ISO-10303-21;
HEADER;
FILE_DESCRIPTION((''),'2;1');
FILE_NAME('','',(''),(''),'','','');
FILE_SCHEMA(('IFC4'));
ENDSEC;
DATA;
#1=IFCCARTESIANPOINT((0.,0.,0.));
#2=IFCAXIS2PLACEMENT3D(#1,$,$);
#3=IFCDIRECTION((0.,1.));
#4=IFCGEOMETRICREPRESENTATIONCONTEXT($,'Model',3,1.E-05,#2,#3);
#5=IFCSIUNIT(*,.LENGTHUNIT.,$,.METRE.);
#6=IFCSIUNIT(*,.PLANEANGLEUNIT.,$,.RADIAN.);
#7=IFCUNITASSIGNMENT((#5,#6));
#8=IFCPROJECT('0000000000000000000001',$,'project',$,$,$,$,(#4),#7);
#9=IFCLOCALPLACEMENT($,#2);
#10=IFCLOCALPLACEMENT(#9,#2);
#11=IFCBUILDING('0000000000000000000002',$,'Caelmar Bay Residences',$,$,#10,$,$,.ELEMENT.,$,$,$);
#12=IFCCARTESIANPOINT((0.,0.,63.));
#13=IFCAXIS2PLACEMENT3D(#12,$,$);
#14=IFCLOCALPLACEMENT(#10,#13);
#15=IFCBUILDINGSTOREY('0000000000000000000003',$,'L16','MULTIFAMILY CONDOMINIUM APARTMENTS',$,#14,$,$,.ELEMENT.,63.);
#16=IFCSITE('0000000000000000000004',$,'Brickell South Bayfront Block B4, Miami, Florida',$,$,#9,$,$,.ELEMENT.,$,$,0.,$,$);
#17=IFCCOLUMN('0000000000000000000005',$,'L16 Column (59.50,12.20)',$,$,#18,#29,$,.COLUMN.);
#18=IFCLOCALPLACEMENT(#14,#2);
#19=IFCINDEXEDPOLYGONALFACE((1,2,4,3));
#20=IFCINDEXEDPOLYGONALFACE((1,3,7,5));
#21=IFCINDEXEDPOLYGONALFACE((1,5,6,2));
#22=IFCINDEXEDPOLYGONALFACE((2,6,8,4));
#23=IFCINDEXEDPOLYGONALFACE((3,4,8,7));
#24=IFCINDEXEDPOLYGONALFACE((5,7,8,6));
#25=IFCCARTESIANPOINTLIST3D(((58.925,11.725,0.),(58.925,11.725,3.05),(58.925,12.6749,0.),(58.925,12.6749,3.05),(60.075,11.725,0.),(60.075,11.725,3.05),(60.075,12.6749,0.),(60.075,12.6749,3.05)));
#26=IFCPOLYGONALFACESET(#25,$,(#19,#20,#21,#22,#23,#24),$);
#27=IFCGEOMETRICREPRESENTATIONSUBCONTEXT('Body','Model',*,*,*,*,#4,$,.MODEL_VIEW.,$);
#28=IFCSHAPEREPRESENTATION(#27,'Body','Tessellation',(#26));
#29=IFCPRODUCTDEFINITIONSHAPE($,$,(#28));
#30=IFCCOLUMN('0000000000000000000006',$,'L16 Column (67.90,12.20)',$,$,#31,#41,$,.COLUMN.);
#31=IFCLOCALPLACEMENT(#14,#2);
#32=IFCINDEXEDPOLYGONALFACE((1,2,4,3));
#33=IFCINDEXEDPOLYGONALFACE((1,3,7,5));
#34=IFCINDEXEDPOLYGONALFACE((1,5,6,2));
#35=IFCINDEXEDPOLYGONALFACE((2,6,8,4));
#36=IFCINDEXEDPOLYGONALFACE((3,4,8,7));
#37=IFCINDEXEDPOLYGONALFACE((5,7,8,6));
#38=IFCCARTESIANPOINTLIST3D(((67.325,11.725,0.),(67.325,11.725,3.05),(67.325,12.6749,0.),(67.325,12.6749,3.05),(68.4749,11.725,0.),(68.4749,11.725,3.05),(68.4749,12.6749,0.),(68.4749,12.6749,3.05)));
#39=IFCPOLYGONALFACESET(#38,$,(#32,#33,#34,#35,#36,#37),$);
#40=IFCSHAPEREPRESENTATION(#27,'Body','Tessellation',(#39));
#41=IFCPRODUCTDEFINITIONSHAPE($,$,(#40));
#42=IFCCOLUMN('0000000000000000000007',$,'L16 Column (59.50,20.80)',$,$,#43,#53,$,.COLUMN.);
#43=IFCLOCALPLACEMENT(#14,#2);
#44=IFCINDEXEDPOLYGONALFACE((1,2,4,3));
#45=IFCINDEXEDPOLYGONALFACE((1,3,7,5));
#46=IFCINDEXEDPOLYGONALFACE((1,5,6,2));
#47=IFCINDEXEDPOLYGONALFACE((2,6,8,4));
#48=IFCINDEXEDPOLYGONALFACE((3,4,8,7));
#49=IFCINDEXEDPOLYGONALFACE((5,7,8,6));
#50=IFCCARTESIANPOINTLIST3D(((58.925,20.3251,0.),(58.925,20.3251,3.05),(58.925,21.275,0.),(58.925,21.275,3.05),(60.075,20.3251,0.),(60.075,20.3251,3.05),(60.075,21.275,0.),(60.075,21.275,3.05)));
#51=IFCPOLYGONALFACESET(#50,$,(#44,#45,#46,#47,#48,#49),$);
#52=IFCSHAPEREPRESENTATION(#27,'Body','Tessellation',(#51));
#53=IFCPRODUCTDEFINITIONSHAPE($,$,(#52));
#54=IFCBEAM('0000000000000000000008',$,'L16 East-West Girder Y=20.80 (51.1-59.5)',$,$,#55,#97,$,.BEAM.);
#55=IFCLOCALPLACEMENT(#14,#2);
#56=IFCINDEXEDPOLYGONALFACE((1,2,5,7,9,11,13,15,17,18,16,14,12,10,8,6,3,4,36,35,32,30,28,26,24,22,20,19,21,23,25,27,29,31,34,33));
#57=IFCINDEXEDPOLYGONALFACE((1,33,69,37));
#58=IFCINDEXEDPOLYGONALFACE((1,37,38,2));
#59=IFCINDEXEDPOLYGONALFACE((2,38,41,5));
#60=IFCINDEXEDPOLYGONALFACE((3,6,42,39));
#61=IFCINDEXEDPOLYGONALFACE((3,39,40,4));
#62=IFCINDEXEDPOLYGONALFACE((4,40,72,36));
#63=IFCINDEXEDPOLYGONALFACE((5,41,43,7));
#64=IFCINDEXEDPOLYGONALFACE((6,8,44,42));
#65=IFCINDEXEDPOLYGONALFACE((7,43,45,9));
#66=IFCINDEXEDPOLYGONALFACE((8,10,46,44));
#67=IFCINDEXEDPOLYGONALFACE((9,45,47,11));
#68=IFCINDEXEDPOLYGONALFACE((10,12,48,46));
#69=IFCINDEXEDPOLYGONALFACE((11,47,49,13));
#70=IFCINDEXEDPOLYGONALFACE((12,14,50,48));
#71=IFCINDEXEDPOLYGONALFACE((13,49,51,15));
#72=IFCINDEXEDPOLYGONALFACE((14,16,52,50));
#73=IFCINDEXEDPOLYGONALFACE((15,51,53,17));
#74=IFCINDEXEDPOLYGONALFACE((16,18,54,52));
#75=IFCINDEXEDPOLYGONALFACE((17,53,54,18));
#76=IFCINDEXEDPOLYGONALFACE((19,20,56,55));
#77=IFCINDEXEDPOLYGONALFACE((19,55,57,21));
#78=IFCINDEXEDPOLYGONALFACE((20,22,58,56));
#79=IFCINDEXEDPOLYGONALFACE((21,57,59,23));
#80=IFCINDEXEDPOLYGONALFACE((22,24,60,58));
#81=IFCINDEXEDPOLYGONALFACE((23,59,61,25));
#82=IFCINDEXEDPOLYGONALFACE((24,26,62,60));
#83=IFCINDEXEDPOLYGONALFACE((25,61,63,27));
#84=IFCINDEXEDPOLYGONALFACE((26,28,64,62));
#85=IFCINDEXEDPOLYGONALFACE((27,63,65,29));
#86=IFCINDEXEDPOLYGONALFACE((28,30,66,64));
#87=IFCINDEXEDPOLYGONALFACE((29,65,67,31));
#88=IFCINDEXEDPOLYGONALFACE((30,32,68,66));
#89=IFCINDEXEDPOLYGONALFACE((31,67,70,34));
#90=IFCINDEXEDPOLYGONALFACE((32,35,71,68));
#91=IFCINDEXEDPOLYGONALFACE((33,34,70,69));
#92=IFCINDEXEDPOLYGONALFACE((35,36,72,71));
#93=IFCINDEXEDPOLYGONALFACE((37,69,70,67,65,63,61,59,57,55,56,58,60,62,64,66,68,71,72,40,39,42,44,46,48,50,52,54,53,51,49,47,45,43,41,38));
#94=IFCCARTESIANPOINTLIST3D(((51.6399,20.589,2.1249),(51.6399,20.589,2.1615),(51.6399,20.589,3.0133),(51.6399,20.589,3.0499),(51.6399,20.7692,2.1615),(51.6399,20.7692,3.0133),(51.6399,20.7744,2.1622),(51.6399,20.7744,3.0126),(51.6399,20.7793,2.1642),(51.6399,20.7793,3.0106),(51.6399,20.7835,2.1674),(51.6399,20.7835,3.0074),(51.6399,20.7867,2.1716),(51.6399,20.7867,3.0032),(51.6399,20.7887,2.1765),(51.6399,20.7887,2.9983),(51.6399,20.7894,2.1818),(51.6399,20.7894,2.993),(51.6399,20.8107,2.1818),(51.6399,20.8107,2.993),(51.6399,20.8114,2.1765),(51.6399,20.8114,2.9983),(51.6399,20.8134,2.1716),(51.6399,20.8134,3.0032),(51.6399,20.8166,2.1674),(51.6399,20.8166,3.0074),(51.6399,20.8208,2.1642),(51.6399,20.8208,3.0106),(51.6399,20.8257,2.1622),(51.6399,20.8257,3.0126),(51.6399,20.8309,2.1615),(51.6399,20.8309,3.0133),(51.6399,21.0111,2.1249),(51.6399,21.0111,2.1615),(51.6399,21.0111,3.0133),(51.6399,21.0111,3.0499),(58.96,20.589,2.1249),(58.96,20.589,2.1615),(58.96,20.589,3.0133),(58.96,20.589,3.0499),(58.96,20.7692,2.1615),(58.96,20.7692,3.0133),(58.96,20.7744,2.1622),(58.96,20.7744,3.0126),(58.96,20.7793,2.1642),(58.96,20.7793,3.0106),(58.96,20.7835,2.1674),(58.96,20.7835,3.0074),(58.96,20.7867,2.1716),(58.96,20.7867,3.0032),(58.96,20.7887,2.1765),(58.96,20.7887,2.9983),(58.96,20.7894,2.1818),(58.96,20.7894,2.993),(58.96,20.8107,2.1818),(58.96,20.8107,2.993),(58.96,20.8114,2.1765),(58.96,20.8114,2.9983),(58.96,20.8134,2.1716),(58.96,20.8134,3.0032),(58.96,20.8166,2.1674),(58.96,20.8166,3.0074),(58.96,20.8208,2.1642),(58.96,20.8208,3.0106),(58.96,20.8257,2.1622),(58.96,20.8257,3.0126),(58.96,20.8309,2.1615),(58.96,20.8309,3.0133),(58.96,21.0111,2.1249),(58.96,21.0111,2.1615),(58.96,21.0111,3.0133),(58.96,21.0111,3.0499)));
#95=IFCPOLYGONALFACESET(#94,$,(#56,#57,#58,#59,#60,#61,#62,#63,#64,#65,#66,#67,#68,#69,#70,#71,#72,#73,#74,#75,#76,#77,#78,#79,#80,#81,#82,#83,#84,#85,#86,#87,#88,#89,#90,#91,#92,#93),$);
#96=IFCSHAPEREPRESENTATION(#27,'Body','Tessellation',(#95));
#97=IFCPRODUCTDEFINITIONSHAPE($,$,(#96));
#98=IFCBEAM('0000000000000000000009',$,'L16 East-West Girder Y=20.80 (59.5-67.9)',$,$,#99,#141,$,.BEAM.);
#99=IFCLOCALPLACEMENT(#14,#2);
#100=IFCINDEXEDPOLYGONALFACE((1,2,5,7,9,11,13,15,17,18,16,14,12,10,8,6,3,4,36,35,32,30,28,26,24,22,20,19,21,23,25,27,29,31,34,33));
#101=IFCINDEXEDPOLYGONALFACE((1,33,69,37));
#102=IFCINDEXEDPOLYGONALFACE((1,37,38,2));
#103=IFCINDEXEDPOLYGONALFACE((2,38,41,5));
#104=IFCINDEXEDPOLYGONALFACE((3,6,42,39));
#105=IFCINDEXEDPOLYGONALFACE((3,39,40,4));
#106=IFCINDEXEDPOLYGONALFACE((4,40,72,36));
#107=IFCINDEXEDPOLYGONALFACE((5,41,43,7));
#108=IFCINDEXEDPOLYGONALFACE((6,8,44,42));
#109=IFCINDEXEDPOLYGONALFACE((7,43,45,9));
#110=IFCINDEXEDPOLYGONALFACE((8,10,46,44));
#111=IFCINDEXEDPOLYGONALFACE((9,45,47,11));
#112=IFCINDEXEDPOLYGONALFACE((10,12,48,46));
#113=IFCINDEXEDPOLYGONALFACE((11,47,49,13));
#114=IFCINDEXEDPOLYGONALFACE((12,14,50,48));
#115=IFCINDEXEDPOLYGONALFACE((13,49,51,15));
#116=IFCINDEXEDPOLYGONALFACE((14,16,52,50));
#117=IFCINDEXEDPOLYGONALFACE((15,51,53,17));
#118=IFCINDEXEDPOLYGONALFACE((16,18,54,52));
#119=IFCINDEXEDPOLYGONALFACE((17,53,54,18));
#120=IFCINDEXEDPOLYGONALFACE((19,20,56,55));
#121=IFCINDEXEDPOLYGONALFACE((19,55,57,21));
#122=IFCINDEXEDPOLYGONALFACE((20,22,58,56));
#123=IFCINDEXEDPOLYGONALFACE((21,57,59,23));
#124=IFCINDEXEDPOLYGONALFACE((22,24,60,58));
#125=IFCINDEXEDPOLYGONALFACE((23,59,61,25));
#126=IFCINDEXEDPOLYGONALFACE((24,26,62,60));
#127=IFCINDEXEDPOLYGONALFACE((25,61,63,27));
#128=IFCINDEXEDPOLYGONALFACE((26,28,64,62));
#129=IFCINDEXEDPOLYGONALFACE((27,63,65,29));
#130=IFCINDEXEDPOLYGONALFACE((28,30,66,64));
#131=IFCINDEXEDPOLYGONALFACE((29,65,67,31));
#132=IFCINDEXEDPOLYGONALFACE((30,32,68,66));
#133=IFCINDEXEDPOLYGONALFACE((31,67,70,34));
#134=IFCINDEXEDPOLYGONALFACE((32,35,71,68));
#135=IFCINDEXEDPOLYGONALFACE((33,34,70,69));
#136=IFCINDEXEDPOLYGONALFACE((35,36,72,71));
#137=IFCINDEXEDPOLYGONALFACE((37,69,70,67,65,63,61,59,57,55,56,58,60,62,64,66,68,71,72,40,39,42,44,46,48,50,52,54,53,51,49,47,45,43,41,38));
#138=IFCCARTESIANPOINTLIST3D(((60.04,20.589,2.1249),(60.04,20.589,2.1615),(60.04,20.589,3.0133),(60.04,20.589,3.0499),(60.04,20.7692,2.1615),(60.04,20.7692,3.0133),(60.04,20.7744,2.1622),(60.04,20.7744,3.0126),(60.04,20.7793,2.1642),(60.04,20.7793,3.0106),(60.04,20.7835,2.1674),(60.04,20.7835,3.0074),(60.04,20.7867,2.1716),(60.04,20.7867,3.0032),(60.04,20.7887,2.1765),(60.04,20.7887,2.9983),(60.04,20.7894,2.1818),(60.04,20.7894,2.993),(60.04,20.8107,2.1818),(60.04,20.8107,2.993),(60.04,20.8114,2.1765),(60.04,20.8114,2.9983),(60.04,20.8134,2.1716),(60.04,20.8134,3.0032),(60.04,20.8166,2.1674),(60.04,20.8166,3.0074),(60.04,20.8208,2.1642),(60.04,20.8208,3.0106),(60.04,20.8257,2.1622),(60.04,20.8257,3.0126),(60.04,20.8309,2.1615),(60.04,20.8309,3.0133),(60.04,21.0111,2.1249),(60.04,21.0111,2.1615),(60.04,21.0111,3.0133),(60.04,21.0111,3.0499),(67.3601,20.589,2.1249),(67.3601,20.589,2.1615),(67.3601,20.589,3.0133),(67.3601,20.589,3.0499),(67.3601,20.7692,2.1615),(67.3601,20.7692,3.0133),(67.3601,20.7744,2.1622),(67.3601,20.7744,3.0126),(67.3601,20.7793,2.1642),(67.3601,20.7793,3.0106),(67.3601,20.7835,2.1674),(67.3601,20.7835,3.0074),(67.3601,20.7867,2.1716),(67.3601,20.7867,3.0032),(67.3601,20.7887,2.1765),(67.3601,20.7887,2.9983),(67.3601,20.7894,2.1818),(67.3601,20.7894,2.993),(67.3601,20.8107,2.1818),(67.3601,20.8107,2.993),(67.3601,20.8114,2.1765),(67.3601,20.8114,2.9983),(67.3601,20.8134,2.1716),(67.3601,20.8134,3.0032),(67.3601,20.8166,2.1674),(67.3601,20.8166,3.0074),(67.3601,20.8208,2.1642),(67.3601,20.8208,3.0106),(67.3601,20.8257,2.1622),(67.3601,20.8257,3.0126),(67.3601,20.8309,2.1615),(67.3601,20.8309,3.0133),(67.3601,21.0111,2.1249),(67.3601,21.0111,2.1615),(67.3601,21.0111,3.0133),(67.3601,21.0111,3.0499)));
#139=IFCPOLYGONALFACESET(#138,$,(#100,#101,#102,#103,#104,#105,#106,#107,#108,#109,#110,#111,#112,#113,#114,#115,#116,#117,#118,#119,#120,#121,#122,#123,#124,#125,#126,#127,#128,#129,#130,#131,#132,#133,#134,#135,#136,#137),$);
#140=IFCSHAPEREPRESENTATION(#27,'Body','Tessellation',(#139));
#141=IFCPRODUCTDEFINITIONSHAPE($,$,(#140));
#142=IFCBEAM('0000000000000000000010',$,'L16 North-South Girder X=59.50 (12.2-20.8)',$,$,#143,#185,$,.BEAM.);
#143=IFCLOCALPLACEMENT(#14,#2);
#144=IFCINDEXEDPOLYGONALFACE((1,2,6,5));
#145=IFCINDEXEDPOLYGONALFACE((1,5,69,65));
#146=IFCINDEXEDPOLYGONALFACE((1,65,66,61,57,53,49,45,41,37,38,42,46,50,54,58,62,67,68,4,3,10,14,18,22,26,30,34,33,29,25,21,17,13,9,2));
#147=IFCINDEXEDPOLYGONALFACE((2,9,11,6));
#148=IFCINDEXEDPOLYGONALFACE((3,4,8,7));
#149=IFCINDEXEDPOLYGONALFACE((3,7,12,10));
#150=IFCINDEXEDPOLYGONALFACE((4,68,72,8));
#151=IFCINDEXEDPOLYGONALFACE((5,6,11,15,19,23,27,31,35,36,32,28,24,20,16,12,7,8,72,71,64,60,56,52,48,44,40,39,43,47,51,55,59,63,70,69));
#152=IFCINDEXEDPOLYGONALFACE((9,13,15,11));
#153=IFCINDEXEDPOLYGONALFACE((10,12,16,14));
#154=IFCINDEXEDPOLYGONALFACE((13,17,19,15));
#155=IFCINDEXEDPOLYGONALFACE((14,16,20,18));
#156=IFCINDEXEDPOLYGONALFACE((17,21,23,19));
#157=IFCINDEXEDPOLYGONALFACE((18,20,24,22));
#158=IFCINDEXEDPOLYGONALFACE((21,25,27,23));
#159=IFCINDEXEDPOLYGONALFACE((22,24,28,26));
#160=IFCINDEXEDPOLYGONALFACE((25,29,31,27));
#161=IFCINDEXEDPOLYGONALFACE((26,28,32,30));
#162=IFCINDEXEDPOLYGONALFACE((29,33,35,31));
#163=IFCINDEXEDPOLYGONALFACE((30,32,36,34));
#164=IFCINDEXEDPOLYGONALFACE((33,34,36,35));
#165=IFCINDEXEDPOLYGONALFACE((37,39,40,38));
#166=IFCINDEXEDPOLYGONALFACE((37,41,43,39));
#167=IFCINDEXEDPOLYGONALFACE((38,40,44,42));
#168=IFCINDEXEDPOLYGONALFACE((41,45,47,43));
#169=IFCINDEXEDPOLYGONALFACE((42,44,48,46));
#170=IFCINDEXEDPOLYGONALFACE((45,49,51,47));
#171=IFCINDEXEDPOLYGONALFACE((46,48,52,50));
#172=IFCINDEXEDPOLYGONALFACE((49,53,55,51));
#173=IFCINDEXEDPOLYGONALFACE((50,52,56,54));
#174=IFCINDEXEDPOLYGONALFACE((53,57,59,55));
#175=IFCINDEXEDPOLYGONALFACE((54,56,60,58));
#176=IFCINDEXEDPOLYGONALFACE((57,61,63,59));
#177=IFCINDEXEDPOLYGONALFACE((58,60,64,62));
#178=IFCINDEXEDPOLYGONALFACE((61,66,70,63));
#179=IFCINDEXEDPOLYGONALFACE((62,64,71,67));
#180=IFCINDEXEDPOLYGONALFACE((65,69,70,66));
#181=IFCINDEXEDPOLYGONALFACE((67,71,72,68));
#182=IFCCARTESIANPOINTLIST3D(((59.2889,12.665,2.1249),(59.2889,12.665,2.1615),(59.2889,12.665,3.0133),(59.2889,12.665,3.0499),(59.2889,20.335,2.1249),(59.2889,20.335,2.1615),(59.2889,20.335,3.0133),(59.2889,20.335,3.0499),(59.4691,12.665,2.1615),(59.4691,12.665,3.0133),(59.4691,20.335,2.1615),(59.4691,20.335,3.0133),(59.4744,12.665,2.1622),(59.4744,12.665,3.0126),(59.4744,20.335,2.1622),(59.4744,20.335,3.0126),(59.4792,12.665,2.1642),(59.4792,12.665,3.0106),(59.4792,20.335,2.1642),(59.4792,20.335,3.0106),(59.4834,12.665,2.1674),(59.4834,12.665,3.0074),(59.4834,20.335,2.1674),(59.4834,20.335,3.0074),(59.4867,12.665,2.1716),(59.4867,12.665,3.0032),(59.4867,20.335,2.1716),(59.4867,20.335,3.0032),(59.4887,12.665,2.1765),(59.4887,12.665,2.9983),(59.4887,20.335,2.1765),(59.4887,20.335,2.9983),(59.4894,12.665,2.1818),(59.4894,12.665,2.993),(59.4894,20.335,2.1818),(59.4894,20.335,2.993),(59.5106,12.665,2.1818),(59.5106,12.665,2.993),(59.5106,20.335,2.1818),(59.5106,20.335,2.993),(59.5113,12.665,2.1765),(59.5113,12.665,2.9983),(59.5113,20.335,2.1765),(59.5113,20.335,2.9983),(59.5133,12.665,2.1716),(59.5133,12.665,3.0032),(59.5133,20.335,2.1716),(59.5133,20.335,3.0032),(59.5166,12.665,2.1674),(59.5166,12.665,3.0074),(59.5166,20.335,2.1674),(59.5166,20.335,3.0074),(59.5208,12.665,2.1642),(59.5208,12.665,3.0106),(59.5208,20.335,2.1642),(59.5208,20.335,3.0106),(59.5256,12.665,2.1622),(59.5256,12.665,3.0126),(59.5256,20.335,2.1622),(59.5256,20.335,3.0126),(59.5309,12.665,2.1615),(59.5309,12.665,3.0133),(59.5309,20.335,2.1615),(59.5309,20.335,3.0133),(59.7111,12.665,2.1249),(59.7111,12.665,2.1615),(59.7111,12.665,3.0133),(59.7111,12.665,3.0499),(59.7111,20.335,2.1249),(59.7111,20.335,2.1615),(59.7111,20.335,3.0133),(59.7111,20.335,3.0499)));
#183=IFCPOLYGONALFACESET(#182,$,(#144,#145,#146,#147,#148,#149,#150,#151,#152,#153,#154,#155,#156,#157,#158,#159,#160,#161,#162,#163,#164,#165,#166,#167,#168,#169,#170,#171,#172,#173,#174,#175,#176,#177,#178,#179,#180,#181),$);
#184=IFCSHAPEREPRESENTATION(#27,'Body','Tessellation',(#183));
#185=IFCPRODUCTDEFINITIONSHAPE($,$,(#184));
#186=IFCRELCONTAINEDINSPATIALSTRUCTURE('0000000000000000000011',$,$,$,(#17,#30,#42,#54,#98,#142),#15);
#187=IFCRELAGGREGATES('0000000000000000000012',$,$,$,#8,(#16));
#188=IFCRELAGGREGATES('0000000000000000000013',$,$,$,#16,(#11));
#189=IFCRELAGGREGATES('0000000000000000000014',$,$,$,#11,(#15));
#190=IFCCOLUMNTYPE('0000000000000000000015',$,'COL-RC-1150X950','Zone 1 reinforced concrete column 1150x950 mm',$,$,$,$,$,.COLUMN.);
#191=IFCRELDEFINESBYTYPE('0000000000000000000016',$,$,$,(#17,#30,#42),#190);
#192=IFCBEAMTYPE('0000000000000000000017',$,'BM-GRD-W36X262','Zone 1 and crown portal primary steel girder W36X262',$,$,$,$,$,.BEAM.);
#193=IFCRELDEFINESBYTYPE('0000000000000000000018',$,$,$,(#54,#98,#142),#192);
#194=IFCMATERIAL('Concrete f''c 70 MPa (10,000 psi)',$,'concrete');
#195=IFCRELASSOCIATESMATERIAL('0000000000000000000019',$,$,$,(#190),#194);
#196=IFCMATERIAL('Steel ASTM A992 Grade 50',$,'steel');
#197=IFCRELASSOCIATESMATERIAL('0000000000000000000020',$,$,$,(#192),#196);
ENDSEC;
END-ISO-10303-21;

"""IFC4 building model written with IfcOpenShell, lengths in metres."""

from ifc_helpers import new_model, si_unit, direction, frame, origin, origin_2d, place, context, subcontext, project, spatial, rectangle, i_section, extrude, material, material_profile, profile_set, type_object, element, save


model = new_model("IFC4")

# Units and contexts
model_context = context("Model", 3, precision=1e-05, world=origin(), true_north=direction((0.0, 1.0)))
body_context = subcontext(model_context, "Body", "Model", "MODEL_VIEW")
ifc_project = project(units=[si_unit("LENGTHUNIT", "METRE"), si_unit("PLANEANGLEUNIT", "RADIAN")], contexts=[model_context])

# Site, building, storey
site_placement = place(None, origin())
site = spatial("IfcSite", under=ifc_project, at=site_placement, Name="Brickell South Bayfront Block B4, Miami, Florida", CompositionType="ELEMENT", RefElevation=0.0)
building_placement = place(site_placement, origin())
building = spatial("IfcBuilding", under=site, at=building_placement, Name="Caelmar Bay Residences", CompositionType="ELEMENT")
storey_placement = place(building_placement, frame((0.0, 0.0, 63.0)))
storey = spatial("IfcBuildingStorey", under=building, at=storey_placement, Name="L16", Description="MULTIFAMILY CONDOMINIUM APARTMENTS", CompositionType="ELEMENT", Elevation=63.0)

# Columns
ifc_material_1 = material(Name="Concrete f'c 70 MPa (10,000 psi)", Category="concrete")
ifc_material_profile_1 = material_profile(ifc_material_1, rectangle(XDim=1.1499, YDim=0.95, at=origin_2d()), Name="RC-COL-1150X950")
ifc_profile_set_1 = profile_set([ifc_material_profile_1], Name="Concrete f'c 70 MPa (10,000 psi)")
column_type = type_object("IfcColumnType", Name="COL-RC-1150X950", Description="Zone 1 reinforced concrete column 1150x950 mm", PredefinedType="COLUMN", material=ifc_profile_set_1)
for number, where, z_axis, x_axis, name in (
    (1, (59.5, 12.2, 0.0), (0.0, 0.0, 1.0), (1.0, 0.0, 0.0), "L16 Column (59.50,12.20)"),
    (2, (67.8999, 12.2, 0.0), (0.0, 0.0, 1.0), (1.0, 0.0, 0.0), "L16 Column (67.90,12.20)"),
    (3, (59.5, 20.8, 0.0), (0.0, 0.0, 1.0), (1.0, 0.0, 0.0), "L16 Column (59.50,20.80)"),
):
    element("IfcColumn", number, at=place(storey_placement, frame(where, z_axis=z_axis, x_axis=x_axis)), inside=storey, type_object=column_type, Name=name, PredefinedType="COLUMN", context=body_context, shape_type="SweptSolid", body=[
        extrude(rectangle(XDim=1.1499, YDim=0.95, at=origin_2d()), origin(), (0.0, 0.0, 1.0), 3.05),
    ])

# Beams
ifc_material_2 = material(Name="Steel ASTM A992 Grade 50", Category="steel")
ifc_material_profile_2 = material_profile(ifc_material_2, i_section(OverallWidth=0.4221, OverallDepth=0.925, WebThickness=0.0212, FlangeThickness=0.0366, FilletRadius=0.0203, at=origin_2d()), Name="W36X262")
ifc_profile_set_2 = profile_set([ifc_material_profile_2], Name="Steel ASTM A992 Grade 50")
beam_type_1 = type_object("IfcBeamType", Name="BM-GRD-W36X262", Description="Zone 1 and crown portal primary steel girder W36X262", PredefinedType="BEAM", material=ifc_profile_set_2)
for number, where, z_axis, x_axis, name in (
    (4, (51.6399, 20.8, 2.5874), (1.0, 0.0, 0.0), (0.0, 1.0, 0.0), "L16 East-West Girder Y=20.80 (51.1-59.5)"),
    (5, (60.04, 20.8, 2.5874), (1.0, 0.0, 0.0), (0.0, 1.0, 0.0), "L16 East-West Girder Y=20.80 (59.5-67.9)"),
):
    element("IfcBeam", number, at=place(storey_placement, frame(where, z_axis=z_axis, x_axis=x_axis)), inside=storey, type_object=beam_type_1, Name=name, PredefinedType="BEAM", context=body_context, shape_type="SweptSolid", body=[
        extrude(i_section(OverallWidth=0.4221, OverallDepth=0.925, WebThickness=0.0212, FlangeThickness=0.0366, FilletRadius=0.0203, at=origin_2d()), origin(), (0.0, 0.0, 1.0), 7.3201),
    ])
beam_1_placement = place(storey_placement, frame((59.5, 12.665, 2.5874), z_axis=(0.0, 1.0, 0.0), x_axis=(-1.0, 0.0, 0.0)))
element("IfcBeam", 6, at=beam_1_placement, inside=storey, type_object=beam_type_1, Name="L16 North-South Girder X=59.50 (12.2-20.8)", PredefinedType="BEAM", context=body_context, shape_type="SweptSolid", body=[
    extrude(i_section(OverallWidth=0.4221, OverallDepth=0.925, WebThickness=0.0212, FlangeThickness=0.0366, FilletRadius=0.0203, at=origin_2d()), origin(), (0.0, 0.0, 1.0), 7.6699),
])

save(model, "model.ifc")
